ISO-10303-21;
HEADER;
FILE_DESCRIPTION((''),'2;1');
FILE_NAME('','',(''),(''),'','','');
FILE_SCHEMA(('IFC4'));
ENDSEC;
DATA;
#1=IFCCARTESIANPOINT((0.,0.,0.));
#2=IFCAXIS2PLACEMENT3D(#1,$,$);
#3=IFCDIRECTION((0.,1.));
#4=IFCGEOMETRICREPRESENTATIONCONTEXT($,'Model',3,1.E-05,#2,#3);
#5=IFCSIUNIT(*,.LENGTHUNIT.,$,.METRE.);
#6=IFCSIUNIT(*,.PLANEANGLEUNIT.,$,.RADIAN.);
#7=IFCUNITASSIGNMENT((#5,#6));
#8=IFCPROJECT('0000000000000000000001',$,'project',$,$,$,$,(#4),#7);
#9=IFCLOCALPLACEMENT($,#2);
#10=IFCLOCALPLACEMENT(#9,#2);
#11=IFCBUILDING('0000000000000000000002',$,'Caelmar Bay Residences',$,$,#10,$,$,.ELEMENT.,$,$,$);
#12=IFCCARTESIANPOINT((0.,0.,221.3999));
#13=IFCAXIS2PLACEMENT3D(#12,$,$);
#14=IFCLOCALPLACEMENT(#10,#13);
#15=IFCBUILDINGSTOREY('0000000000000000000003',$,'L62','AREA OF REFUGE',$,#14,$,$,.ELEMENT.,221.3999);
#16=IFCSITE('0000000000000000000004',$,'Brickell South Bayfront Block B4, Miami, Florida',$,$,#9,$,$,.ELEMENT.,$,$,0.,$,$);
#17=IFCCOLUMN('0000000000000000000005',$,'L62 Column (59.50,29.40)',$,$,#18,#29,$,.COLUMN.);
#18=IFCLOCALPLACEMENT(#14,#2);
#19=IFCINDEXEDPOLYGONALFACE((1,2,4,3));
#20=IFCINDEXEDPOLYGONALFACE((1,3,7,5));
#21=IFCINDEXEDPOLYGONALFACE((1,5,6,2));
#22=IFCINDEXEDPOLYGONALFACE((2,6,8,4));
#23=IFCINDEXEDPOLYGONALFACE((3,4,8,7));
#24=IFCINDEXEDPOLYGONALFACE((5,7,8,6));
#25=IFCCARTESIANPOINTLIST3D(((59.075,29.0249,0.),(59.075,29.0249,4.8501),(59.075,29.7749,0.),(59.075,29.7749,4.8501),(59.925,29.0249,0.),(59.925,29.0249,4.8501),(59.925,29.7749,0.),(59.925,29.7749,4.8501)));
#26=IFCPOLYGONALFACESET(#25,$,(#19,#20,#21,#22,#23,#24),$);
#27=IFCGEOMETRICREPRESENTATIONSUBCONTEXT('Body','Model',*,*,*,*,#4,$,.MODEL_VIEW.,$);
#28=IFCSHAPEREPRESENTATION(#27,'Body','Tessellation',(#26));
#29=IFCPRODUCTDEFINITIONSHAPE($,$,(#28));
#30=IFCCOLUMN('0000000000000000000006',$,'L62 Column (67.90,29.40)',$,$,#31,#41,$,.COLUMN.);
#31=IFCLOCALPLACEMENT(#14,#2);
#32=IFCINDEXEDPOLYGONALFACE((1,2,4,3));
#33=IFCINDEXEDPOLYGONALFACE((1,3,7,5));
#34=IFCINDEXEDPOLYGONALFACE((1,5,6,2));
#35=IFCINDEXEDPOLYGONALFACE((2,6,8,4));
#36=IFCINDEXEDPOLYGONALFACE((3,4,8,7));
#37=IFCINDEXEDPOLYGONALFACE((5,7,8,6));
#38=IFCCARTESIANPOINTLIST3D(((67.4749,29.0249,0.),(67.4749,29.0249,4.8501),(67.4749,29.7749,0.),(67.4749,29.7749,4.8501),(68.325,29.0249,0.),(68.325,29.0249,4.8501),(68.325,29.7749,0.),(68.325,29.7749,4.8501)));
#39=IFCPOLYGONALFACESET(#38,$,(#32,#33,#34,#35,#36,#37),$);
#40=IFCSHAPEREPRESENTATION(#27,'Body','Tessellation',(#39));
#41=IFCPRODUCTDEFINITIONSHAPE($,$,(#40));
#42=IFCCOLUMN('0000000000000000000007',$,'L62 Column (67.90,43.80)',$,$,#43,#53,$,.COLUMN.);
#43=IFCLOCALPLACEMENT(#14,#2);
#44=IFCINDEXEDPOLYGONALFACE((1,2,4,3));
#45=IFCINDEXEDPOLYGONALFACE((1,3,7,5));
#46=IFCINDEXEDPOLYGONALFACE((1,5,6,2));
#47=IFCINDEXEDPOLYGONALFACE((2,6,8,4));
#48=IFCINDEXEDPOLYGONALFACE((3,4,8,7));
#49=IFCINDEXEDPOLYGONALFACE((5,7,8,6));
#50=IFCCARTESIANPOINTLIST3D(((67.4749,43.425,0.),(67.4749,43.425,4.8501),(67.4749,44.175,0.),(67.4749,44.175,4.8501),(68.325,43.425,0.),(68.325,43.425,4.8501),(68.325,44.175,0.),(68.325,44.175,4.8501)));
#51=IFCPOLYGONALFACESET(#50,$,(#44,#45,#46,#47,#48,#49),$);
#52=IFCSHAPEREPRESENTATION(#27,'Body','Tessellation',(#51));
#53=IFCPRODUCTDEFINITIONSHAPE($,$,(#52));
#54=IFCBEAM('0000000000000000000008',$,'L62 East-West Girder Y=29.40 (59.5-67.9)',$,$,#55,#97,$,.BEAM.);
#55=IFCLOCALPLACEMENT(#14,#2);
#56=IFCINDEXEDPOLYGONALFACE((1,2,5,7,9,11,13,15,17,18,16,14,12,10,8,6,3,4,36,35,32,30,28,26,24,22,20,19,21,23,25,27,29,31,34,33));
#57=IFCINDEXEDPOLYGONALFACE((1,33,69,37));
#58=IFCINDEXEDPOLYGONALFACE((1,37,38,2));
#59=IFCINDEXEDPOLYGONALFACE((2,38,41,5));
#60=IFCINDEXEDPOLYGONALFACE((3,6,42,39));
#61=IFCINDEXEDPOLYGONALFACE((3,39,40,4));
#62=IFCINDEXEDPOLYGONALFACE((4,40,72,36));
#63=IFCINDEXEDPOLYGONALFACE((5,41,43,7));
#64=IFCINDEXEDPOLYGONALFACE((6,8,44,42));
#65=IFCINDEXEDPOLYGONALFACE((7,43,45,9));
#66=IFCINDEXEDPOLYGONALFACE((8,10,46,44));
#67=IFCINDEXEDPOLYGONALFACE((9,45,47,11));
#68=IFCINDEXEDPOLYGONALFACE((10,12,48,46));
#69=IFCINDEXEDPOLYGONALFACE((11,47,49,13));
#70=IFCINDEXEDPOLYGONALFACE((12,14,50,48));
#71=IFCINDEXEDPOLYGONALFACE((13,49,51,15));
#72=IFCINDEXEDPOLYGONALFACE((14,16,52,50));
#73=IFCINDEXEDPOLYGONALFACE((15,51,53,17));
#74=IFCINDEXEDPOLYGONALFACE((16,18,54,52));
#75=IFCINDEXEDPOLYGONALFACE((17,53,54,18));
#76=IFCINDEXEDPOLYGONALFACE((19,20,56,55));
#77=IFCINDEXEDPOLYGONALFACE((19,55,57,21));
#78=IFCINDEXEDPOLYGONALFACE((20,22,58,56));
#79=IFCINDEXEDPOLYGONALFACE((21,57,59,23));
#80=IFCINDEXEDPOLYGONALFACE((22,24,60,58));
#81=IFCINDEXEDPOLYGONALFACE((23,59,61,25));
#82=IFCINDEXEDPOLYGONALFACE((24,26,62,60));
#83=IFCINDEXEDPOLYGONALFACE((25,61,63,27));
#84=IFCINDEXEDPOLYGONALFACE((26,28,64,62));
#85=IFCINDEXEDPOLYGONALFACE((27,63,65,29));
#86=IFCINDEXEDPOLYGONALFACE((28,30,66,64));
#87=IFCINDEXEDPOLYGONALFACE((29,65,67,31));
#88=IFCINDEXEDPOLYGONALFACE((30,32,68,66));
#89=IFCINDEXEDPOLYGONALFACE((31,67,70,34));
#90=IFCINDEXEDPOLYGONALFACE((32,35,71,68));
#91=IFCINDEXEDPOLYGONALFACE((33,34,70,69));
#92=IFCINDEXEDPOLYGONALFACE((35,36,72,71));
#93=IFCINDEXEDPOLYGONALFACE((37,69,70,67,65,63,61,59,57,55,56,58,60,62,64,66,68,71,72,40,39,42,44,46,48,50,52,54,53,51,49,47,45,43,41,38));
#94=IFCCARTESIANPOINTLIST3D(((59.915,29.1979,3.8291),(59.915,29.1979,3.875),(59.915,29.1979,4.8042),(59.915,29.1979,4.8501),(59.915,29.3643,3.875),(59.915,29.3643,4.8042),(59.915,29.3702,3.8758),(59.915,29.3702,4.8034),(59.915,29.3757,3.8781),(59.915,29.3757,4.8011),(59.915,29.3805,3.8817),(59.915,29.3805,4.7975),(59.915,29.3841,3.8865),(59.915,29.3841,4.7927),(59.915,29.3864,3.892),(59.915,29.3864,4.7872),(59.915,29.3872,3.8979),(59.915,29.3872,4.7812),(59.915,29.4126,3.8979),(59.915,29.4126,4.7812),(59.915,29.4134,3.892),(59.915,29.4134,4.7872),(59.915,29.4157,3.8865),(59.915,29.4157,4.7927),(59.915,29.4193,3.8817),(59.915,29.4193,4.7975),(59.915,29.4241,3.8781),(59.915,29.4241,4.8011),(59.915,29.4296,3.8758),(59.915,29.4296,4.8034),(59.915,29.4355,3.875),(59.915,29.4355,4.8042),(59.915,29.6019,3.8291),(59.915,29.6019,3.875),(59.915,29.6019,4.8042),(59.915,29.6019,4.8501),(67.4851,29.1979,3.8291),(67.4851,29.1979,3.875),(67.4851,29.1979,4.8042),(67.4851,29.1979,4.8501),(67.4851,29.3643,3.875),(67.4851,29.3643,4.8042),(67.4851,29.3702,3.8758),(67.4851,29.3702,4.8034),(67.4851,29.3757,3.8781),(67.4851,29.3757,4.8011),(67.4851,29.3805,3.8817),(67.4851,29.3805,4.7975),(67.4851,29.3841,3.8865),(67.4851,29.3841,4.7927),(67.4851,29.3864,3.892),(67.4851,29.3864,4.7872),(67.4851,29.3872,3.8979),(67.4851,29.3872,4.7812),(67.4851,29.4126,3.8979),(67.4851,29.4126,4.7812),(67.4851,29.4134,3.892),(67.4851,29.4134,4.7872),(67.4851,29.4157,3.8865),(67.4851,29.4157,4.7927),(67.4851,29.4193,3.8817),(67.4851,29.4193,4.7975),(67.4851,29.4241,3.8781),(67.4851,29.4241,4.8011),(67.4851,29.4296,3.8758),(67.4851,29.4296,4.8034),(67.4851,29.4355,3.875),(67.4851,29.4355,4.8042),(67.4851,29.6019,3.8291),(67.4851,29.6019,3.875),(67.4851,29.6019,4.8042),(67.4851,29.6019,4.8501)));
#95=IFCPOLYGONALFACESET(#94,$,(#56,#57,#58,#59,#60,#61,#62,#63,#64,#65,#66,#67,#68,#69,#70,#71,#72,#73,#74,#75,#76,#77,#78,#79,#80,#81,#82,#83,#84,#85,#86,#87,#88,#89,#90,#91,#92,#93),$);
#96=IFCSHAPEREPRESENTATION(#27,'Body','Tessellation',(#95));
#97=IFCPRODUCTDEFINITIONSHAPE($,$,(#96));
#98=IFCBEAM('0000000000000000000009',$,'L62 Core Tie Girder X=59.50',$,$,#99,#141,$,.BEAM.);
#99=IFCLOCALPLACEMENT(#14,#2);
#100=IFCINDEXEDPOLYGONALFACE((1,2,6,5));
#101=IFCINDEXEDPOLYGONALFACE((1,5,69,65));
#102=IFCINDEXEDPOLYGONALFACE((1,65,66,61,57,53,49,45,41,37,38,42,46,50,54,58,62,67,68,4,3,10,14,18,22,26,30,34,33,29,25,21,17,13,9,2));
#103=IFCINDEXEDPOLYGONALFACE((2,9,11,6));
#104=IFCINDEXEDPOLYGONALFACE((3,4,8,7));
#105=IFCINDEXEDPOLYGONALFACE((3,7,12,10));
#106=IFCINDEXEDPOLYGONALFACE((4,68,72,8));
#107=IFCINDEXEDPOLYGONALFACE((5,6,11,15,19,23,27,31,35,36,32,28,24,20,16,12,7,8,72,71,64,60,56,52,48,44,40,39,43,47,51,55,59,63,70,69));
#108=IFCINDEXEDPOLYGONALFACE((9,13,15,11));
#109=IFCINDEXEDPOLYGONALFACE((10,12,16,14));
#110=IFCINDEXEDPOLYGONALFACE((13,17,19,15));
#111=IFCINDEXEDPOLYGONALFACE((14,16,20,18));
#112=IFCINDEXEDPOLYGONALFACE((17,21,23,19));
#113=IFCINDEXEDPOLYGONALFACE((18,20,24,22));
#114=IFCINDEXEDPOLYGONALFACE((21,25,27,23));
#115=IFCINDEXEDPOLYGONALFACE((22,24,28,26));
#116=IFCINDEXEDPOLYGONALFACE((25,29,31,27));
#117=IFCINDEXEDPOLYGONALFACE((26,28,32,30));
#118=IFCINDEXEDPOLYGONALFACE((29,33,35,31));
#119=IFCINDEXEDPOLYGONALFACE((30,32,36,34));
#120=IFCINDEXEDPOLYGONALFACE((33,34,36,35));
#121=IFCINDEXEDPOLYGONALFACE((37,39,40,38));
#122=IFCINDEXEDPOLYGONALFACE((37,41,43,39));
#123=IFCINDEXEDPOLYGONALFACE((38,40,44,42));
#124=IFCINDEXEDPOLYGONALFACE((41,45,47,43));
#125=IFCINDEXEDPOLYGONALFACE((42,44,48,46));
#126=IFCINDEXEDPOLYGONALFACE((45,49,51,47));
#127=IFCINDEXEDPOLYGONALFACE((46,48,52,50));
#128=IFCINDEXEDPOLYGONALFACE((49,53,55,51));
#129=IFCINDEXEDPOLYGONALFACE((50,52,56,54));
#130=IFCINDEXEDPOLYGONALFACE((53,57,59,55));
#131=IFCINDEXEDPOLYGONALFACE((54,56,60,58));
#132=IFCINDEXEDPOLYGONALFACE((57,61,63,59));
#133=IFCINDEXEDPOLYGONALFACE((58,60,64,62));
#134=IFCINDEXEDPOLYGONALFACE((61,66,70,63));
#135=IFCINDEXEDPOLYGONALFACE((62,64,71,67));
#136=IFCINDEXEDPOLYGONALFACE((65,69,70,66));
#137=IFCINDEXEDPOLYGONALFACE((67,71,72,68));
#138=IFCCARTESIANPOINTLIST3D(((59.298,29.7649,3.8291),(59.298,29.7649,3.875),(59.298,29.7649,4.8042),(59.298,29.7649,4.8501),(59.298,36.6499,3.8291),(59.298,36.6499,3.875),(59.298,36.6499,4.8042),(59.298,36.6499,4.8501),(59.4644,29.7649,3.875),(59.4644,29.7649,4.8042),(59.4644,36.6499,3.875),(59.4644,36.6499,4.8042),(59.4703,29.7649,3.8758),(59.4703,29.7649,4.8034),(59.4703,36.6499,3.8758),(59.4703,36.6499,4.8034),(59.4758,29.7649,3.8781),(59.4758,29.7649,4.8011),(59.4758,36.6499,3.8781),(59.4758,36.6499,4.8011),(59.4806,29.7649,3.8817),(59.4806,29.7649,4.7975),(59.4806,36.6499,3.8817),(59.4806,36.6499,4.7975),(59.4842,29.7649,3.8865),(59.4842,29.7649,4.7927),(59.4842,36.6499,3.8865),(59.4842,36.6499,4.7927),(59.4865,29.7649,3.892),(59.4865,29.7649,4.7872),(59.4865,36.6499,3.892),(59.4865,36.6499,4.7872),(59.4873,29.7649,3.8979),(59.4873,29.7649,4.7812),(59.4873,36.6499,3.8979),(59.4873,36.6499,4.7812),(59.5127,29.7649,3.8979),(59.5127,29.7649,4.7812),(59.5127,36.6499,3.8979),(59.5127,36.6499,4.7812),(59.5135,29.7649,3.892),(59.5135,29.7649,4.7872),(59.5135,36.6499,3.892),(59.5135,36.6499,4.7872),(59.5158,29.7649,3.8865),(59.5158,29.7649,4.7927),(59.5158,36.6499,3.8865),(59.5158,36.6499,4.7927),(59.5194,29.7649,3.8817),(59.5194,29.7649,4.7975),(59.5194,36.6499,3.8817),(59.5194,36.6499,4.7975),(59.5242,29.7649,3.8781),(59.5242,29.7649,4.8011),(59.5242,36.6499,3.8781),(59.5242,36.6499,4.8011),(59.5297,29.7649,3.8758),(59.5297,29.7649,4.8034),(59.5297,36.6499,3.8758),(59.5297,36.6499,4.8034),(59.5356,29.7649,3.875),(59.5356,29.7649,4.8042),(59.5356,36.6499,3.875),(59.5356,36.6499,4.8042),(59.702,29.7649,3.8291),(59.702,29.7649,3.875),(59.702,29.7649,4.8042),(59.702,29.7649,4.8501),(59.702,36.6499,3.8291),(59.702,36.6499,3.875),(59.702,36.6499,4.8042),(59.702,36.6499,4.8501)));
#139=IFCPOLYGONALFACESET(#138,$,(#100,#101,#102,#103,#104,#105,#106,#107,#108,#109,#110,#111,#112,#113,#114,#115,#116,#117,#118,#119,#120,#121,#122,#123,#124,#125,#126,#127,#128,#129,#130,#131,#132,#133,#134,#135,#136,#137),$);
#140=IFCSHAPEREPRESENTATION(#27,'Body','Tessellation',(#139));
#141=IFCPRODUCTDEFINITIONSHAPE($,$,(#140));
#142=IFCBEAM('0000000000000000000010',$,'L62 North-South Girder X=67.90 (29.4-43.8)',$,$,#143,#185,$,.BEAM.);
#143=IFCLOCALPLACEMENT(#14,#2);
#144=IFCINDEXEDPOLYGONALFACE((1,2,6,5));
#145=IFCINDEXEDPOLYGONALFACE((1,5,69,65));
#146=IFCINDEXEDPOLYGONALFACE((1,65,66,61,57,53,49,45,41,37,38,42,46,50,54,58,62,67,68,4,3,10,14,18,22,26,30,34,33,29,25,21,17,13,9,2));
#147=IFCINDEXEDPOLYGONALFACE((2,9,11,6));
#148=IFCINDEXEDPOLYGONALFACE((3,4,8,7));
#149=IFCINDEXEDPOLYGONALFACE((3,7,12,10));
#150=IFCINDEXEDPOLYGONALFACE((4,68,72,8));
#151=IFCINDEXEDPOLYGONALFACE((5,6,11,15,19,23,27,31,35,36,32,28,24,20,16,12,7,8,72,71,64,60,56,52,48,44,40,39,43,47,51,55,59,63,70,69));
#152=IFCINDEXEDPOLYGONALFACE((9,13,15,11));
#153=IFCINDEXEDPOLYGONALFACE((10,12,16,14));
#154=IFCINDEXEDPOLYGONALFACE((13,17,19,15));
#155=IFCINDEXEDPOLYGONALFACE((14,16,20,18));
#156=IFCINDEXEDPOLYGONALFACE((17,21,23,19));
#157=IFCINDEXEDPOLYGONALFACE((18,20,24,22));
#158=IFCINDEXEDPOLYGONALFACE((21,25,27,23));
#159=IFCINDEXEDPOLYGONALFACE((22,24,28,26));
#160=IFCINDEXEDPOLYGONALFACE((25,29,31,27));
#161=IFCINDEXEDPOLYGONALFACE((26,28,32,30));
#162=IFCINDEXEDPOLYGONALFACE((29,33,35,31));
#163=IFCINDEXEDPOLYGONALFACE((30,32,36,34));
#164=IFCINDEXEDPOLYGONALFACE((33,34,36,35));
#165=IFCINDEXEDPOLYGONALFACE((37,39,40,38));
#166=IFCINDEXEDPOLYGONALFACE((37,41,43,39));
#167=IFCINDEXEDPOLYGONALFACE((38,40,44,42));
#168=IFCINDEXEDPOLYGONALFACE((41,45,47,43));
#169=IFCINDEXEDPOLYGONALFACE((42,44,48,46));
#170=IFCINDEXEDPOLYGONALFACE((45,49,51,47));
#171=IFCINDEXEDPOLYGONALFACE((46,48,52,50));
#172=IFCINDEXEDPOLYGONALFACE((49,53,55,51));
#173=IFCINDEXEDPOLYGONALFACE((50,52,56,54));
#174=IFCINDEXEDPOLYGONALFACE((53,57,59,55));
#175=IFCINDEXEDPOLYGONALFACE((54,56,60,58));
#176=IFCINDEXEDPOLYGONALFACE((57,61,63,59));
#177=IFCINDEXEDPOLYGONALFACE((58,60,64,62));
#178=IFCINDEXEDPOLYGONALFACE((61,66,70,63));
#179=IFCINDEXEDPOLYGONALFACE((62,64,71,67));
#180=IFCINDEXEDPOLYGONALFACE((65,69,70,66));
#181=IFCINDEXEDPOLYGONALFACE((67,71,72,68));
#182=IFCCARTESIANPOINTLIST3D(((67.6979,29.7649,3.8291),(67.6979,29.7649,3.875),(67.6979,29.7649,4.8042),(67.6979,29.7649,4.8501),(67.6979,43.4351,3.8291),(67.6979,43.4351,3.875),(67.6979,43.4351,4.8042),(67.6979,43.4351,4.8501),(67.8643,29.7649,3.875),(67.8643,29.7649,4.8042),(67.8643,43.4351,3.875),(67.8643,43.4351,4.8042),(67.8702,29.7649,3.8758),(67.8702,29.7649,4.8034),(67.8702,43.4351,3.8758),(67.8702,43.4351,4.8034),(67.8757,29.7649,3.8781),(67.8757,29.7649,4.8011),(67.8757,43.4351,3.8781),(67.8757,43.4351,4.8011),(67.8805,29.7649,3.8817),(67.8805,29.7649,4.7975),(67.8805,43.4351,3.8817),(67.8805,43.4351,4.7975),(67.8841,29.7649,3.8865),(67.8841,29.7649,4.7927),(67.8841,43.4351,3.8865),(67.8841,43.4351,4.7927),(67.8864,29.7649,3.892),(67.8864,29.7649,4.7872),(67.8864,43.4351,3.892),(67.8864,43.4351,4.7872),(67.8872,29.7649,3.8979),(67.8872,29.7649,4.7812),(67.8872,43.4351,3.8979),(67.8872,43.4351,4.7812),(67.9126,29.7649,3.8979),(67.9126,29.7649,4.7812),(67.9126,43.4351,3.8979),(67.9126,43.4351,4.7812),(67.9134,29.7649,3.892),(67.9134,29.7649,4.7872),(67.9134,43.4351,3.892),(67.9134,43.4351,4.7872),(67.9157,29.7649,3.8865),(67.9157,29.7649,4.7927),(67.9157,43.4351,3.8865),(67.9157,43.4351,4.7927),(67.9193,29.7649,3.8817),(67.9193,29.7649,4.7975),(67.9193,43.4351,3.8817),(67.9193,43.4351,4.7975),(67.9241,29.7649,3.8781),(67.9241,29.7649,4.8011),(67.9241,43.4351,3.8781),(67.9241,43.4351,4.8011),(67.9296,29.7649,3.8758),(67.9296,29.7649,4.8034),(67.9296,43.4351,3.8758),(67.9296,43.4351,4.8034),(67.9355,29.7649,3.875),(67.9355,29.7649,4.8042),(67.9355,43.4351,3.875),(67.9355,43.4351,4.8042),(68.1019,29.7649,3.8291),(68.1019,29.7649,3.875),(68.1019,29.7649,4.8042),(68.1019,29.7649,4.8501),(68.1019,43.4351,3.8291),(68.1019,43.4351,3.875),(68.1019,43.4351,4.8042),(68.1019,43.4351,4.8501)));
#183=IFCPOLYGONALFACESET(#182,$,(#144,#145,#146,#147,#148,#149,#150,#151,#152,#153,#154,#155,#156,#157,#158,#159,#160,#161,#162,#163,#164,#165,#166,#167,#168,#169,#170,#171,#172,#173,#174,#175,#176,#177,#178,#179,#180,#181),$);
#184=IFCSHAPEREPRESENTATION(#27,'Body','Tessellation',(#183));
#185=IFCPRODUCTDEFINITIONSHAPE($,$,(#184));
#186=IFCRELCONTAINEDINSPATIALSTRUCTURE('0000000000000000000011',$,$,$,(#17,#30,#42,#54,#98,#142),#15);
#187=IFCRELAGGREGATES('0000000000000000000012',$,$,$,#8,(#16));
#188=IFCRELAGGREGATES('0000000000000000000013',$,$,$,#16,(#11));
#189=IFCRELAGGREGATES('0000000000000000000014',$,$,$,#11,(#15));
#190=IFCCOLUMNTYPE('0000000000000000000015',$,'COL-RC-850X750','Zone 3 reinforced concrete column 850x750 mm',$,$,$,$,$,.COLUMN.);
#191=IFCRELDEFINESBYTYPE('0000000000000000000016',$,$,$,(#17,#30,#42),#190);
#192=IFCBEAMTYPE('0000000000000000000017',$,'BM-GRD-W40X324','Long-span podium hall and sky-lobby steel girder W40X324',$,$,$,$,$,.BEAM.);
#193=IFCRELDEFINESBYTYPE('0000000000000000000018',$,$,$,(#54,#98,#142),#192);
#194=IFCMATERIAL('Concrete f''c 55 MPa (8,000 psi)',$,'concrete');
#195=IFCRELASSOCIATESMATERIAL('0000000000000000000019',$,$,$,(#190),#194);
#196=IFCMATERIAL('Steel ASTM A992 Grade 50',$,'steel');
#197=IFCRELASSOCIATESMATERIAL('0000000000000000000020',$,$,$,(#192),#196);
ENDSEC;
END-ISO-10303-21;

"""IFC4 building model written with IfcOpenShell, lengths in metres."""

from ifc_helpers import new_model, si_unit, direction, frame, origin, origin_2d, place, context, subcontext, project, spatial, rectangle, i_section, extrude, material, material_profile, profile_set, type_object, element, save


model = new_model("IFC4")

# Units and contexts
model_context = context("Model", 3, precision=1e-05, world=origin(), true_north=direction((0.0, 1.0)))
body_context = subcontext(model_context, "Body", "Model", "MODEL_VIEW")
ifc_project = project(units=[si_unit("LENGTHUNIT", "METRE"), si_unit("PLANEANGLEUNIT", "RADIAN")], contexts=[model_context])

# Site, building, storey
site_placement = place(None, origin())
site = spatial("IfcSite", under=ifc_project, at=site_placement, Name="Brickell South Bayfront Block B4, Miami, Florida", CompositionType="ELEMENT", RefElevation=0.0)
building_placement = place(site_placement, origin())
building = spatial("IfcBuilding", under=site, at=building_placement, Name="Caelmar Bay Residences", CompositionType="ELEMENT")
storey_placement = place(building_placement, frame((0.0, 0.0, 221.3999)))
storey = spatial("IfcBuildingStorey", under=building, at=storey_placement, Name="L62", Description="AREA OF REFUGE", CompositionType="ELEMENT", Elevation=221.3999)

# Columns
ifc_material_1 = material(Name="Concrete f'c 55 MPa (8,000 psi)", Category="concrete")
ifc_material_profile_1 = material_profile(ifc_material_1, rectangle(XDim=0.8501, YDim=0.75, at=origin_2d()), Name="RC-COL-850X750")
ifc_profile_set_1 = profile_set([ifc_material_profile_1], Name="Concrete f'c 55 MPa (8,000 psi)")
column_type = type_object("IfcColumnType", Name="COL-RC-850X750", Description="Zone 3 reinforced concrete column 850x750 mm", PredefinedType="COLUMN", material=ifc_profile_set_1)
for number, where, z_axis, x_axis, name in (
    (1, (59.5, 29.3999, 0.0), (0.0, 0.0, 1.0), (1.0, 0.0, 0.0), "L62 Column (59.50,29.40)"),
    (2, (67.8999, 29.3999, 0.0), (0.0, 0.0, 1.0), (1.0, 0.0, 0.0), "L62 Column (67.90,29.40)"),
    (3, (67.8999, 43.8, 0.0), (0.0, 0.0, 1.0), (1.0, 0.0, 0.0), "L62 Column (67.90,43.80)"),
):
    element("IfcColumn", number, at=place(storey_placement, frame(where, z_axis=z_axis, x_axis=x_axis)), inside=storey, type_object=column_type, Name=name, PredefinedType="COLUMN", context=body_context, shape_type="SweptSolid", body=[
        extrude(rectangle(XDim=0.8501, YDim=0.75, at=origin_2d()), origin(), (0.0, 0.0, 1.0), 4.8501),
    ])

# Beams
ifc_material_2 = material(Name="Steel ASTM A992 Grade 50", Category="steel")
ifc_material_profile_2 = material_profile(ifc_material_2, i_section(OverallWidth=0.4041, OverallDepth=1.021, WebThickness=0.0254, FlangeThickness=0.0459, FilletRadius=0.0229, at=origin_2d()), Name="W40X324")
ifc_profile_set_2 = profile_set([ifc_material_profile_2], Name="Steel ASTM A992 Grade 50")
beam_type_1 = type_object("IfcBeamType", Name="BM-GRD-W40X324", Description="Long-span podium hall and sky-lobby steel girder W40X324", PredefinedType="BEAM", material=ifc_profile_set_2)
beam_1_placement = place(storey_placement, frame((59.915, 29.3999, 4.3396), z_axis=(1.0, 0.0, 0.0), x_axis=(0.0, 1.0, 0.0)))
element("IfcBeam", 4, at=beam_1_placement, inside=storey, type_object=beam_type_1, Name="L62 East-West Girder Y=29.40 (59.5-67.9)", PredefinedType="BEAM", context=body_context, shape_type="SweptSolid", body=[
    extrude(i_section(OverallWidth=0.4041, OverallDepth=1.021, WebThickness=0.0254, FlangeThickness=0.0459, FilletRadius=0.0229, at=origin_2d()), origin(), (0.0, 0.0, 1.0), 7.5701),
])
beam_2_placement = place(storey_placement, frame((59.5, 29.7649, 4.3396), z_axis=(0.0, 1.0, 0.0), x_axis=(-1.0, 0.0, 0.0)))
element("IfcBeam", 5, at=beam_2_placement, inside=storey, type_object=beam_type_1, Name="L62 Core Tie Girder X=59.50", PredefinedType="BEAM", context=body_context, shape_type="SweptSolid", body=[
    extrude(i_section(OverallWidth=0.4041, OverallDepth=1.021, WebThickness=0.0254, FlangeThickness=0.0459, FilletRadius=0.0229, at=origin_2d()), origin(), (0.0, 0.0, 1.0), 6.885),
])
beam_3_placement = place(storey_placement, frame((67.8999, 29.7649, 4.3396), z_axis=(0.0, 1.0, 0.0), x_axis=(-1.0, 0.0, 0.0)))
element("IfcBeam", 6, at=beam_3_placement, inside=storey, type_object=beam_type_1, Name="L62 North-South Girder X=67.90 (29.4-43.8)", PredefinedType="BEAM", context=body_context, shape_type="SweptSolid", body=[
    extrude(i_section(OverallWidth=0.4041, OverallDepth=1.021, WebThickness=0.0254, FlangeThickness=0.0459, FilletRadius=0.0229, at=origin_2d()), origin(), (0.0, 0.0, 1.0), 13.6702),
])

save(model, "model.ifc")
